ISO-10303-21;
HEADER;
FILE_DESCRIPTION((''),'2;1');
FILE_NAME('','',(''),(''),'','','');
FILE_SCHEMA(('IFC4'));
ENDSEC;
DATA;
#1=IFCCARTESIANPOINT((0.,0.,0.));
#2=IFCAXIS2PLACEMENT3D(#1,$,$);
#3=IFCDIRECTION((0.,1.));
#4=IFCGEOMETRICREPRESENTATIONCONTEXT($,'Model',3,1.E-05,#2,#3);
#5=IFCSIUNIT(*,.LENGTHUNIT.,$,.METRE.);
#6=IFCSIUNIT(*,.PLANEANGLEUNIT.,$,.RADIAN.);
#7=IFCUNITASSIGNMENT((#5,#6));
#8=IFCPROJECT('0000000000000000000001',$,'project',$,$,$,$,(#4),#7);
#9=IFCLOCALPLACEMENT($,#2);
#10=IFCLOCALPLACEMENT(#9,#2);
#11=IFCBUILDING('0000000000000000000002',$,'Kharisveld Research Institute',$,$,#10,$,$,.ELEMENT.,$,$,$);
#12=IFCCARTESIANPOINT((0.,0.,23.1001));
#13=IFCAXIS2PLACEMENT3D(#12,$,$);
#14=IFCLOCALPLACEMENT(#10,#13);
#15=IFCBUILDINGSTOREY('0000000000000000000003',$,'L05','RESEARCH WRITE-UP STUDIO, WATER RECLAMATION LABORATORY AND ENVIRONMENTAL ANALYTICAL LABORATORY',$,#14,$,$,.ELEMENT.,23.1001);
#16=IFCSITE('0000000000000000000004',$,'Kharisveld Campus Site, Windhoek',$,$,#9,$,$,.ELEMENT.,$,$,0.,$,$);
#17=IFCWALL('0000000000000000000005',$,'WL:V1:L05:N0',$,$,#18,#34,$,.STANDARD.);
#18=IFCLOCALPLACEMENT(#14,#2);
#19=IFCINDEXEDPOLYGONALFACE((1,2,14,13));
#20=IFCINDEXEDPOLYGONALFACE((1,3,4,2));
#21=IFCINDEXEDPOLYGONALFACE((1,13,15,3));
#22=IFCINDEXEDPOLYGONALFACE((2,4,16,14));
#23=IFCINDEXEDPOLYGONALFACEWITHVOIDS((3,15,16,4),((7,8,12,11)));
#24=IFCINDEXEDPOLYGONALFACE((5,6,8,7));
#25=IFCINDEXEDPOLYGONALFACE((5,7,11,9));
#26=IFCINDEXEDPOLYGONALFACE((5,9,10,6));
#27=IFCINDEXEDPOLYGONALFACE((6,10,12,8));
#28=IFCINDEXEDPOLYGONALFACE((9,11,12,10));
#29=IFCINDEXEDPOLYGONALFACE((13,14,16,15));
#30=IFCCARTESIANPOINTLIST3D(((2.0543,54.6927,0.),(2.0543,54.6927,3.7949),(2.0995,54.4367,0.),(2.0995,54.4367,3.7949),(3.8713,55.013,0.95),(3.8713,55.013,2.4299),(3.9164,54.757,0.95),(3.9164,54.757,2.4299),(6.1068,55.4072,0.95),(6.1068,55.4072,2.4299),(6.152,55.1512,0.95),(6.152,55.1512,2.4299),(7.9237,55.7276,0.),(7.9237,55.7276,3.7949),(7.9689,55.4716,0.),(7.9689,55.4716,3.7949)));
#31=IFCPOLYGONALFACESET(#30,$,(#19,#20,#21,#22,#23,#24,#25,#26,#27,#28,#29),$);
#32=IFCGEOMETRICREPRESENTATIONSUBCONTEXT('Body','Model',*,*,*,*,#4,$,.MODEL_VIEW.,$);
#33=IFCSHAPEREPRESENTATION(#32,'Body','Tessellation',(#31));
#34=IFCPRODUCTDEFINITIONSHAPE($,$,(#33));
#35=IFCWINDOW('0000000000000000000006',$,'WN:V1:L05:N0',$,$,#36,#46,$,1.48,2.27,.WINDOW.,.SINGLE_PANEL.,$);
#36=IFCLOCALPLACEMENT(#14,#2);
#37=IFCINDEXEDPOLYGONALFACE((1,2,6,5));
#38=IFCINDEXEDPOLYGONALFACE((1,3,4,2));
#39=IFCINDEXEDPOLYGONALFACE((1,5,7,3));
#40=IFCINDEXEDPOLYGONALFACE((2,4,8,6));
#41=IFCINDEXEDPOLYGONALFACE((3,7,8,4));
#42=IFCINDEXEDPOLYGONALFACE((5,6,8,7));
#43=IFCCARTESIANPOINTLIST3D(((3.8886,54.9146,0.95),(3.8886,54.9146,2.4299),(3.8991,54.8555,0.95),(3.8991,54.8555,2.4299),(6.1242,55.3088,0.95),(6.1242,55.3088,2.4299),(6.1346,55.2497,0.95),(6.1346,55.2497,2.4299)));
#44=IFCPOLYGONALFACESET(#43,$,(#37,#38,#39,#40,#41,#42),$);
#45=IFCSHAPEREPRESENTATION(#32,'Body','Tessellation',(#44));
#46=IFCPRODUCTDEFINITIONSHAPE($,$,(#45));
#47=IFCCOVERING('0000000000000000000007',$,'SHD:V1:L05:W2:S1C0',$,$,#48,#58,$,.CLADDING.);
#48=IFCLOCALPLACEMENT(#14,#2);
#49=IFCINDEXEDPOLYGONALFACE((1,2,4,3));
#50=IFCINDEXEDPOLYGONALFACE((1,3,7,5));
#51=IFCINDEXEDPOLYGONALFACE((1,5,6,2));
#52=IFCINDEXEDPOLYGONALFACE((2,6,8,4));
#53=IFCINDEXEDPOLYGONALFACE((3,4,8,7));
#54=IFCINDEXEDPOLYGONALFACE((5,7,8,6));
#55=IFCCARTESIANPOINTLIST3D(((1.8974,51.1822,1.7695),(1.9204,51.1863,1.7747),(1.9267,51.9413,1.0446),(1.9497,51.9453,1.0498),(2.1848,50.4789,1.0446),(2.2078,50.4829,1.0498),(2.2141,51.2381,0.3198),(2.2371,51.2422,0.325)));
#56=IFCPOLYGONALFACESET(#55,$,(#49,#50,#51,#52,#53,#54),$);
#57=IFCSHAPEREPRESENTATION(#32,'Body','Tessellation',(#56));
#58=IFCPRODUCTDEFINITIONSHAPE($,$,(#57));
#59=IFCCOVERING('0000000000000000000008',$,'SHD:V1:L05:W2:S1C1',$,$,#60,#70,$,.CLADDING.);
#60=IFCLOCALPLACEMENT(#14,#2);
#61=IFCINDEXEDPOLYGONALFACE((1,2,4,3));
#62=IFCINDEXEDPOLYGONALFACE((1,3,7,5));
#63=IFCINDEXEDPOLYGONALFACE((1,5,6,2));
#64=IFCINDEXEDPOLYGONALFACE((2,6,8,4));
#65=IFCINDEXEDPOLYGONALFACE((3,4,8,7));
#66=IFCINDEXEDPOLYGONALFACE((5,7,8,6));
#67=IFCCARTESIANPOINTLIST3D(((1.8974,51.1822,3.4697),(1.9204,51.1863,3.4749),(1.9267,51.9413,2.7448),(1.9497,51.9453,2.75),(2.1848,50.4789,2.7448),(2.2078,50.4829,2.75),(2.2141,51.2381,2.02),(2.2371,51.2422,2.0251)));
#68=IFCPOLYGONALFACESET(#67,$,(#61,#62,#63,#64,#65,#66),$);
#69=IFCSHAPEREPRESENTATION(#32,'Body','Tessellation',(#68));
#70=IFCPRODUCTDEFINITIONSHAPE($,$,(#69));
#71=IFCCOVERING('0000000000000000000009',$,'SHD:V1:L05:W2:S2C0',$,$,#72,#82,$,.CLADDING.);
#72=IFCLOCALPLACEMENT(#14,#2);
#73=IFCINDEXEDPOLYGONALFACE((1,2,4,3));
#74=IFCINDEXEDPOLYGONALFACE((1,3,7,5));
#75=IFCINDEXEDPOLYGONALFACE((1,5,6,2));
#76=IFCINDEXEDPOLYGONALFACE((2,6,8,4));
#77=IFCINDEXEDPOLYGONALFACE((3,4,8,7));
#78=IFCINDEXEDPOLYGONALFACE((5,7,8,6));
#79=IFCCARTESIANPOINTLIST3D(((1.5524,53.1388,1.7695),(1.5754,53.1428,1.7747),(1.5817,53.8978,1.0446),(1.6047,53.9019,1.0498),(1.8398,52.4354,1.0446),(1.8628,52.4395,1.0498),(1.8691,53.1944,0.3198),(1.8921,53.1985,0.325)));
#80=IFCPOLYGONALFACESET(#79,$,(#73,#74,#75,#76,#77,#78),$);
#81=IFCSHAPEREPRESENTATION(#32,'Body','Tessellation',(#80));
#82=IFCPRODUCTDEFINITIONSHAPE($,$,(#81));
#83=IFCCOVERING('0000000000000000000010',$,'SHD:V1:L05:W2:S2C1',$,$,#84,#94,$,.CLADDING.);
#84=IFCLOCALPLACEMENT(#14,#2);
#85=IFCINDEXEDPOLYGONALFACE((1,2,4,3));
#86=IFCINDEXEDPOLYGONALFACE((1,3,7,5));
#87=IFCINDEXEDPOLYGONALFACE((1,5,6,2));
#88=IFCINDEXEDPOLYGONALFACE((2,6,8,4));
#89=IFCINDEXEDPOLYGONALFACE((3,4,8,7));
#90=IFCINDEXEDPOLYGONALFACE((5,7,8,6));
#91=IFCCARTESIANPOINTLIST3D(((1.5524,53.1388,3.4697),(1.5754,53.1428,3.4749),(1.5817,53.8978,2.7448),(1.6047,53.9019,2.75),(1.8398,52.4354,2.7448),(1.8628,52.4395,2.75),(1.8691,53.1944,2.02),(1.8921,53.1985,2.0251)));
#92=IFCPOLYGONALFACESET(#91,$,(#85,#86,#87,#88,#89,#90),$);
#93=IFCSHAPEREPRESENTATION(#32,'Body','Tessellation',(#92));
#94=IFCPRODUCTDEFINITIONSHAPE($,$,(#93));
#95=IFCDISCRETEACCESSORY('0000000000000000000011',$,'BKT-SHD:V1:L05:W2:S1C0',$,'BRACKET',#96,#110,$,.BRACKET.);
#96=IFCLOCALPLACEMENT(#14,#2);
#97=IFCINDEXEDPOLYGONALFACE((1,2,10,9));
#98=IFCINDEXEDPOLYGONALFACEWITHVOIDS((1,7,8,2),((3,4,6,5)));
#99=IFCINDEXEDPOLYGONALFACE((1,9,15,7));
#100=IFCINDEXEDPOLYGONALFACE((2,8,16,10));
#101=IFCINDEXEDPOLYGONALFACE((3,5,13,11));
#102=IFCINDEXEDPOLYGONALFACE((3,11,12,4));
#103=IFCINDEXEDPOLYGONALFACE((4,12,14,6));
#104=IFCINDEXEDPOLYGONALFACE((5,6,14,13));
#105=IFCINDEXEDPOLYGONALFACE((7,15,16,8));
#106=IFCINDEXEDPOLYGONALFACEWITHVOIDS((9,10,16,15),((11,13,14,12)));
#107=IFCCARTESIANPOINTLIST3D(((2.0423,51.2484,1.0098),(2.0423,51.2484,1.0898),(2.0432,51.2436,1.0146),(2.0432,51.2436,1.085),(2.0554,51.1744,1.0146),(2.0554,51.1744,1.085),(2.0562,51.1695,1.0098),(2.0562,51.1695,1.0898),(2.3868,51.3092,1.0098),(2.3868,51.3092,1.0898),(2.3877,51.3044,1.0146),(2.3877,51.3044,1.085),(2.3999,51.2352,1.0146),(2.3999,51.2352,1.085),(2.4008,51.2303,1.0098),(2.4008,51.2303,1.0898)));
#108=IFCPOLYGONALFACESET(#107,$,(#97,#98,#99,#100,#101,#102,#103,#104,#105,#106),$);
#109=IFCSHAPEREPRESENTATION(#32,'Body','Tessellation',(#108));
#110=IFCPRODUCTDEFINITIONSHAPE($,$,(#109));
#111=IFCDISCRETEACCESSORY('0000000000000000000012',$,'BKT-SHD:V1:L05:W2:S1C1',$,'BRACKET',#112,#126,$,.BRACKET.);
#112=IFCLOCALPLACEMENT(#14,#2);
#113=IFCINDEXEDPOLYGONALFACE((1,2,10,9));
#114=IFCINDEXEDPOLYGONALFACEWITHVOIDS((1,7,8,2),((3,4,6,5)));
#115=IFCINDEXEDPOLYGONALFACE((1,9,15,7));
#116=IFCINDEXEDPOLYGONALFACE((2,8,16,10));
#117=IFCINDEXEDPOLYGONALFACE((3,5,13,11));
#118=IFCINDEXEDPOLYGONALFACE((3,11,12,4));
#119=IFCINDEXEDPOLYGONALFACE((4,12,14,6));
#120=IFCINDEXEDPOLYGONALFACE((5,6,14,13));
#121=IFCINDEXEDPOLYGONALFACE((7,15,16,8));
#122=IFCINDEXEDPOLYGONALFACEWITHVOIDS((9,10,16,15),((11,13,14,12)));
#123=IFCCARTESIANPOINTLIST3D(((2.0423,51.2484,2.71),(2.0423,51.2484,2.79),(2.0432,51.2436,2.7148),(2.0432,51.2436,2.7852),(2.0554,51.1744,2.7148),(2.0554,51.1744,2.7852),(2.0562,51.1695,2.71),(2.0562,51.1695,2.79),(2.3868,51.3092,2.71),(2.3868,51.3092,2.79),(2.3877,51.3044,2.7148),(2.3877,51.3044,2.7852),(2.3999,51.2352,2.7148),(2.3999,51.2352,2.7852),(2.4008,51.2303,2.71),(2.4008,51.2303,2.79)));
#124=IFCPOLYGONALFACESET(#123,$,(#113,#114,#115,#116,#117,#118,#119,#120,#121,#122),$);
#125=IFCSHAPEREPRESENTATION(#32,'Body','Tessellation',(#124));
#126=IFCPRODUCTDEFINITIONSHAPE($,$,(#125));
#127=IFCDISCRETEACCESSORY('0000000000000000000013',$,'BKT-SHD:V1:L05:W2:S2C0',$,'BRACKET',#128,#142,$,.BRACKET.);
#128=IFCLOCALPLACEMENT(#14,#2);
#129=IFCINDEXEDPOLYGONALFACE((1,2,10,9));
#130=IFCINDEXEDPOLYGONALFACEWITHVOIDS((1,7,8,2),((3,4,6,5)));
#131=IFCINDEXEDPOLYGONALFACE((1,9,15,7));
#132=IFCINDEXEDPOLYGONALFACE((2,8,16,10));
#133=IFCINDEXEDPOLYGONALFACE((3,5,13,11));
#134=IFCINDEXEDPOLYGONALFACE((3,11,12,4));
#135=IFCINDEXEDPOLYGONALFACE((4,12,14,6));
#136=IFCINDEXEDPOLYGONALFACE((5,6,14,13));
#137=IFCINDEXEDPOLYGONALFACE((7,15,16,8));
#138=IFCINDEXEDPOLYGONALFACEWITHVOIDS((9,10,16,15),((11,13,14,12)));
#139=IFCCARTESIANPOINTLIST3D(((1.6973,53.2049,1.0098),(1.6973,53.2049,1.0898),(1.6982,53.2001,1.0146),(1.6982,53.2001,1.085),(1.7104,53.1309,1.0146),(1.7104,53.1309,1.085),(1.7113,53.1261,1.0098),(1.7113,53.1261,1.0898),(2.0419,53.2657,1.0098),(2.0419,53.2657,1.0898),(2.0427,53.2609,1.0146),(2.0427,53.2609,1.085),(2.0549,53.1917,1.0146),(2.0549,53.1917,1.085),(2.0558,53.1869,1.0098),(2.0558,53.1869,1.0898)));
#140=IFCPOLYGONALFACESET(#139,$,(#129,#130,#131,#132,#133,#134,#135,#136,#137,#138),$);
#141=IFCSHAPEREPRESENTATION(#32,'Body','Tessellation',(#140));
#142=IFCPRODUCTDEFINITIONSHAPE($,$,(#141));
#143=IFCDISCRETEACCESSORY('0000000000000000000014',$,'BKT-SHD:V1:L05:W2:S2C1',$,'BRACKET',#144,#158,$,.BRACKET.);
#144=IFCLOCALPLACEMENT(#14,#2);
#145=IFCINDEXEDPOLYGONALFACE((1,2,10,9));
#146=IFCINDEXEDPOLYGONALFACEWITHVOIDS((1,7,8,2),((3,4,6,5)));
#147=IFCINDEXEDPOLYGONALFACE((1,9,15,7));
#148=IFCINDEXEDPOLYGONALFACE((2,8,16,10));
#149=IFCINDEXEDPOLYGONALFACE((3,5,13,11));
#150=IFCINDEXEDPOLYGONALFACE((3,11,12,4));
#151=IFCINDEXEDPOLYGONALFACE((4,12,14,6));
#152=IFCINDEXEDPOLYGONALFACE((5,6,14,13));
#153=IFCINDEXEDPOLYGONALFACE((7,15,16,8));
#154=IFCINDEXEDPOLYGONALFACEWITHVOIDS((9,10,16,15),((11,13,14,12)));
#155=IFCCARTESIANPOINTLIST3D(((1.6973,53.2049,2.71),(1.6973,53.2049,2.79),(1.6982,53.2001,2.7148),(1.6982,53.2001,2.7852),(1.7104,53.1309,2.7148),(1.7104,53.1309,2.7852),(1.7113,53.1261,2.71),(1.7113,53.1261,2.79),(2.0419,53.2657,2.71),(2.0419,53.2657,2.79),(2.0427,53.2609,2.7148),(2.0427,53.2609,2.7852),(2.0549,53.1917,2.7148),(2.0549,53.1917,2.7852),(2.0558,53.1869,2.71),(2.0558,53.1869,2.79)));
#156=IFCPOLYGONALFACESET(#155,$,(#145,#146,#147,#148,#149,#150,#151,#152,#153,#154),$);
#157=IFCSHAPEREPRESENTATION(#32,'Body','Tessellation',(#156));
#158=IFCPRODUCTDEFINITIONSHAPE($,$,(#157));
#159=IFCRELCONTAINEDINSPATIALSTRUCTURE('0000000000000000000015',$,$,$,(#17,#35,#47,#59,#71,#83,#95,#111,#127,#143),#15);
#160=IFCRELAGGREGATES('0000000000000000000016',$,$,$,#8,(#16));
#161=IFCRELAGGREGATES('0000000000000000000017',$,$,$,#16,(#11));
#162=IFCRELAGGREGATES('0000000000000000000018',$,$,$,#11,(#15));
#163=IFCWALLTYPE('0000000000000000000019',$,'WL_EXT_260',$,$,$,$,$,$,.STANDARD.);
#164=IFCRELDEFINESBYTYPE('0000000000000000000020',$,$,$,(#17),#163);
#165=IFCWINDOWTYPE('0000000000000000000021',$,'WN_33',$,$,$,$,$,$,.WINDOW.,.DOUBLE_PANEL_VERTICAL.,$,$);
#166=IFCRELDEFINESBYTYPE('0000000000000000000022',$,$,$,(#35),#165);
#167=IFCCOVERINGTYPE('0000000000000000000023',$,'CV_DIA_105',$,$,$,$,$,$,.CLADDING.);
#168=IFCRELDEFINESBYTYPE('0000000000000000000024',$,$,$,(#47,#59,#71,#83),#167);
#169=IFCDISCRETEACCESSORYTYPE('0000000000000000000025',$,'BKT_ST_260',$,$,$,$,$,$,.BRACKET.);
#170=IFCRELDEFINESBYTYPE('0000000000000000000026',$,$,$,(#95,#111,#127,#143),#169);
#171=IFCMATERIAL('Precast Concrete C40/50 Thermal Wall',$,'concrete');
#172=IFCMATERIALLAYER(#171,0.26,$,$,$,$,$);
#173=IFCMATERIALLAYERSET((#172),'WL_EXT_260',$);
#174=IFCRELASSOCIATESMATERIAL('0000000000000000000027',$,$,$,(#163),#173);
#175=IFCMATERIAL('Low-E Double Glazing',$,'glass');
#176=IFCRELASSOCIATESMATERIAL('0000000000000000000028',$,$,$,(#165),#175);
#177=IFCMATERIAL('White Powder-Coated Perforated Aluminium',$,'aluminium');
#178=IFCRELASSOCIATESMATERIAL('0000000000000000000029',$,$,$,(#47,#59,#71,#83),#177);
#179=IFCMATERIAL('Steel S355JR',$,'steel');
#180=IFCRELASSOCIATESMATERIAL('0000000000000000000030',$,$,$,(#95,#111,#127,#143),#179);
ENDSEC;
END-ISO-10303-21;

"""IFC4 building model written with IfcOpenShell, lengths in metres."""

from ifc_helpers import new_model, si_unit, direction, frame, frame_2d, origin, origin_2d, place, context, subcontext, project, spatial, polyline, rectangle, hollow_rectangle, outline, extrude, material, layer, layer_set, type_object, element, fill, save


model = new_model("IFC4")

# Units and contexts
model_context = context("Model", 3, precision=1e-05, world=origin(), true_north=direction((0.0, 1.0)))
body_context = subcontext(model_context, "Body", "Model", "MODEL_VIEW")
ifc_project = project(units=[si_unit("LENGTHUNIT", "METRE"), si_unit("PLANEANGLEUNIT", "RADIAN")], contexts=[model_context])

# Site, building, storey
site_placement = place(None, origin())
site = spatial("IfcSite", under=ifc_project, at=site_placement, Name="Kharisveld Campus Site, Windhoek", CompositionType="ELEMENT", RefElevation=0.0)
building_placement = place(site_placement, origin())
building = spatial("IfcBuilding", under=site, at=building_placement, Name="Kharisveld Research Institute", CompositionType="ELEMENT")
storey_placement = place(building_placement, frame((0.0, 0.0, 23.1001)))
storey = spatial("IfcBuildingStorey", under=building, at=storey_placement, Name="L05", Description="RESEARCH WRITE-UP STUDIO, WATER RECLAMATION LABORATORY AND ENVIRONMENTAL ANALYTICAL LABORATORY", CompositionType="ELEMENT", Elevation=23.1001)

# Wall, opening, window
ifc_material_1 = material(Name="Precast Concrete C40/50 Thermal Wall", Category="concrete")
ifc_layer_1 = layer(ifc_material_1, 0.26)
ifc_layer_set_1 = layer_set([ifc_layer_1], Name="WL_EXT_260")
wall_type = type_object("IfcWallType", Name="WL_EXT_260", PredefinedType="STANDARD", material=ifc_layer_set_1)
wall_placement = place(storey_placement, frame((2.0769, 54.5647, 0.0), z_axis=(0.0, 0.0, 1.0), x_axis=(0.984808, 0.173645, 0.0)))
wall = element("IfcWall", 1, at=wall_placement, inside=storey, type_object=wall_type, Name="WL:V1:L05:N0", PredefinedType="STANDARD", context=body_context, shape_type="SweptSolid", body=[
    extrude(rectangle(XDim=5.96, YDim=0.26, at=frame_2d((2.98, 0.0))), origin(), (0.0, 0.0, 1.0), 3.7949),
])
opening_placement = place(wall_placement, frame((1.845, 0.0, 0.95)))
opening = element("IfcOpeningElement", 2, at=opening_placement, cuts=wall, PredefinedType="OPENING", context=body_context, shape_type="SweptSolid", body=[
    extrude(rectangle(XDim=2.27, YDim=1.48, at=frame_2d((1.135, 0.74))), frame((0.0, 0.1299, 0.0), z_axis=(0.0, -1.0, 0.0), x_axis=(1.0, 0.0, 0.0)), (0.0, 0.0, 1.0), 0.26),
])
ifc_material_2 = material(Name="Low-E Double Glazing", Category="glass")
window_type = type_object("IfcWindowType", Name="WN_33", PartitioningType="DOUBLE_PANEL_VERTICAL", PredefinedType="WINDOW", material=ifc_material_2)
window_placement = place(opening_placement, origin())
window = element("IfcWindow", 3, at=window_placement, inside=storey, type_object=window_type, Name="WN:V1:L05:N0", OverallHeight=1.48, OverallWidth=2.27, PartitioningType="SINGLE_PANEL", PredefinedType="WINDOW", context=body_context, shape_type="SweptSolid", body=[
    extrude(rectangle(XDim=2.27, YDim=1.48, at=frame_2d((1.135, 0.74))), frame((0.0, 0.03, 0.0), z_axis=(0.0, -1.0, 0.0), x_axis=(1.0, 0.0, 0.0)), (0.0, 0.0, 1.0), 0.0601),
])
fill(opening, window)

# Coverings
ifc_material_3 = material(Name="White Powder-Coated Perforated Aluminium", Category="aluminium")
covering_type = type_object("IfcCoveringType", Name="CV_DIA_105", PredefinedType="CLADDING")
for number, where, z_axis, x_axis, name in (
    (4, (2.2371, 51.2422, 0.325), (0.96142, 0.169653, 0.21654), (-0.273667, 0.669686, 0.690382), "SHD:V1:L05:W2:S1C0"),
    (5, (2.2371, 51.2422, 2.0251), (0.96142, 0.169653, 0.21654), (-0.273667, 0.669686, 0.690382), "SHD:V1:L05:W2:S1C1"),
):
    element("IfcCovering", number, at=place(storey_placement, frame(where, z_axis=z_axis, x_axis=x_axis)), inside=storey, type_object=covering_type, material=ifc_material_3, Name=name, PredefinedType="CLADDING", context=body_context, shape_type="SweptSolid", body=[
        extrude(outline(polyline([(0.0, 0.0), (1.0499, 0.0), (1.0501, 1.05), (0.0, 1.0501), (0.0, 0.0)])), origin(), (0.0, 0.0, -1.0), 0.0239),
    ])
for number, where, z_axis, x_axis, name in (
    (6, (1.8921, 53.1985, 0.325), (0.961426, 0.169654, 0.216512), (-0.273644, 0.669811, 0.69027), "SHD:V1:L05:W2:S2C0"),
    (7, (1.8921, 53.1985, 2.0251), (0.961426, 0.169654, 0.216512), (-0.273644, 0.669811, 0.69027), "SHD:V1:L05:W2:S2C1"),
):
    element("IfcCovering", number, at=place(storey_placement, frame(where, z_axis=z_axis, x_axis=x_axis)), inside=storey, type_object=covering_type, material=ifc_material_3, Name=name, PredefinedType="CLADDING", context=body_context, shape_type="SweptSolid", body=[
        extrude(outline(polyline([(0.0, 0.0), (1.0501, 0.0), (1.0501, 1.05), (0.0, 1.05), (0.0, 0.0)])), origin(), (0.0, 0.0, -1.0), 0.0239),
    ])

# Discrete accessories
ifc_material_4 = material(Name="Steel S355JR", Category="steel")
discrete_accessory_type = type_object("IfcDiscreteAccessoryType", Name="BKT_ST_260", PredefinedType="BRACKET")
for number, where, z_axis, x_axis, name in (
    (8, (2.3938, 51.2698, 1.0498), (-0.984784, -0.173785, 0.0), (0.173785, -0.984784, 0.0), "BKT-SHD:V1:L05:W2:S1C0"),
    (9, (2.3938, 51.2698, 2.75), (-0.984784, -0.173785, 0.0), (0.173785, -0.984784, 0.0), "BKT-SHD:V1:L05:W2:S1C1"),
    (10, (2.0488, 53.2263, 1.0498), (-0.984784, -0.173785, 0.0), (0.173785, -0.984784, 0.0), "BKT-SHD:V1:L05:W2:S2C0"),
    (11, (2.0488, 53.2263, 2.75), (-0.984784, -0.173785, 0.0), (0.173785, -0.984784, 0.0), "BKT-SHD:V1:L05:W2:S2C1"),
):
    element("IfcDiscreteAccessory", number, at=place(storey_placement, frame(where, z_axis=z_axis, x_axis=x_axis)), inside=storey, type_object=discrete_accessory_type, material=ifc_material_4, Name=name, ObjectType="BRACKET", PredefinedType="BRACKET", context=body_context, shape_type="SweptSolid", body=[
        extrude(hollow_rectangle(XDim=0.0801, YDim=0.0801, WallThickness=0.0049, at=origin_2d()), origin(), (0.0, 0.0, 1.0), 0.3499),
    ])

save(model, "model.ifc")
